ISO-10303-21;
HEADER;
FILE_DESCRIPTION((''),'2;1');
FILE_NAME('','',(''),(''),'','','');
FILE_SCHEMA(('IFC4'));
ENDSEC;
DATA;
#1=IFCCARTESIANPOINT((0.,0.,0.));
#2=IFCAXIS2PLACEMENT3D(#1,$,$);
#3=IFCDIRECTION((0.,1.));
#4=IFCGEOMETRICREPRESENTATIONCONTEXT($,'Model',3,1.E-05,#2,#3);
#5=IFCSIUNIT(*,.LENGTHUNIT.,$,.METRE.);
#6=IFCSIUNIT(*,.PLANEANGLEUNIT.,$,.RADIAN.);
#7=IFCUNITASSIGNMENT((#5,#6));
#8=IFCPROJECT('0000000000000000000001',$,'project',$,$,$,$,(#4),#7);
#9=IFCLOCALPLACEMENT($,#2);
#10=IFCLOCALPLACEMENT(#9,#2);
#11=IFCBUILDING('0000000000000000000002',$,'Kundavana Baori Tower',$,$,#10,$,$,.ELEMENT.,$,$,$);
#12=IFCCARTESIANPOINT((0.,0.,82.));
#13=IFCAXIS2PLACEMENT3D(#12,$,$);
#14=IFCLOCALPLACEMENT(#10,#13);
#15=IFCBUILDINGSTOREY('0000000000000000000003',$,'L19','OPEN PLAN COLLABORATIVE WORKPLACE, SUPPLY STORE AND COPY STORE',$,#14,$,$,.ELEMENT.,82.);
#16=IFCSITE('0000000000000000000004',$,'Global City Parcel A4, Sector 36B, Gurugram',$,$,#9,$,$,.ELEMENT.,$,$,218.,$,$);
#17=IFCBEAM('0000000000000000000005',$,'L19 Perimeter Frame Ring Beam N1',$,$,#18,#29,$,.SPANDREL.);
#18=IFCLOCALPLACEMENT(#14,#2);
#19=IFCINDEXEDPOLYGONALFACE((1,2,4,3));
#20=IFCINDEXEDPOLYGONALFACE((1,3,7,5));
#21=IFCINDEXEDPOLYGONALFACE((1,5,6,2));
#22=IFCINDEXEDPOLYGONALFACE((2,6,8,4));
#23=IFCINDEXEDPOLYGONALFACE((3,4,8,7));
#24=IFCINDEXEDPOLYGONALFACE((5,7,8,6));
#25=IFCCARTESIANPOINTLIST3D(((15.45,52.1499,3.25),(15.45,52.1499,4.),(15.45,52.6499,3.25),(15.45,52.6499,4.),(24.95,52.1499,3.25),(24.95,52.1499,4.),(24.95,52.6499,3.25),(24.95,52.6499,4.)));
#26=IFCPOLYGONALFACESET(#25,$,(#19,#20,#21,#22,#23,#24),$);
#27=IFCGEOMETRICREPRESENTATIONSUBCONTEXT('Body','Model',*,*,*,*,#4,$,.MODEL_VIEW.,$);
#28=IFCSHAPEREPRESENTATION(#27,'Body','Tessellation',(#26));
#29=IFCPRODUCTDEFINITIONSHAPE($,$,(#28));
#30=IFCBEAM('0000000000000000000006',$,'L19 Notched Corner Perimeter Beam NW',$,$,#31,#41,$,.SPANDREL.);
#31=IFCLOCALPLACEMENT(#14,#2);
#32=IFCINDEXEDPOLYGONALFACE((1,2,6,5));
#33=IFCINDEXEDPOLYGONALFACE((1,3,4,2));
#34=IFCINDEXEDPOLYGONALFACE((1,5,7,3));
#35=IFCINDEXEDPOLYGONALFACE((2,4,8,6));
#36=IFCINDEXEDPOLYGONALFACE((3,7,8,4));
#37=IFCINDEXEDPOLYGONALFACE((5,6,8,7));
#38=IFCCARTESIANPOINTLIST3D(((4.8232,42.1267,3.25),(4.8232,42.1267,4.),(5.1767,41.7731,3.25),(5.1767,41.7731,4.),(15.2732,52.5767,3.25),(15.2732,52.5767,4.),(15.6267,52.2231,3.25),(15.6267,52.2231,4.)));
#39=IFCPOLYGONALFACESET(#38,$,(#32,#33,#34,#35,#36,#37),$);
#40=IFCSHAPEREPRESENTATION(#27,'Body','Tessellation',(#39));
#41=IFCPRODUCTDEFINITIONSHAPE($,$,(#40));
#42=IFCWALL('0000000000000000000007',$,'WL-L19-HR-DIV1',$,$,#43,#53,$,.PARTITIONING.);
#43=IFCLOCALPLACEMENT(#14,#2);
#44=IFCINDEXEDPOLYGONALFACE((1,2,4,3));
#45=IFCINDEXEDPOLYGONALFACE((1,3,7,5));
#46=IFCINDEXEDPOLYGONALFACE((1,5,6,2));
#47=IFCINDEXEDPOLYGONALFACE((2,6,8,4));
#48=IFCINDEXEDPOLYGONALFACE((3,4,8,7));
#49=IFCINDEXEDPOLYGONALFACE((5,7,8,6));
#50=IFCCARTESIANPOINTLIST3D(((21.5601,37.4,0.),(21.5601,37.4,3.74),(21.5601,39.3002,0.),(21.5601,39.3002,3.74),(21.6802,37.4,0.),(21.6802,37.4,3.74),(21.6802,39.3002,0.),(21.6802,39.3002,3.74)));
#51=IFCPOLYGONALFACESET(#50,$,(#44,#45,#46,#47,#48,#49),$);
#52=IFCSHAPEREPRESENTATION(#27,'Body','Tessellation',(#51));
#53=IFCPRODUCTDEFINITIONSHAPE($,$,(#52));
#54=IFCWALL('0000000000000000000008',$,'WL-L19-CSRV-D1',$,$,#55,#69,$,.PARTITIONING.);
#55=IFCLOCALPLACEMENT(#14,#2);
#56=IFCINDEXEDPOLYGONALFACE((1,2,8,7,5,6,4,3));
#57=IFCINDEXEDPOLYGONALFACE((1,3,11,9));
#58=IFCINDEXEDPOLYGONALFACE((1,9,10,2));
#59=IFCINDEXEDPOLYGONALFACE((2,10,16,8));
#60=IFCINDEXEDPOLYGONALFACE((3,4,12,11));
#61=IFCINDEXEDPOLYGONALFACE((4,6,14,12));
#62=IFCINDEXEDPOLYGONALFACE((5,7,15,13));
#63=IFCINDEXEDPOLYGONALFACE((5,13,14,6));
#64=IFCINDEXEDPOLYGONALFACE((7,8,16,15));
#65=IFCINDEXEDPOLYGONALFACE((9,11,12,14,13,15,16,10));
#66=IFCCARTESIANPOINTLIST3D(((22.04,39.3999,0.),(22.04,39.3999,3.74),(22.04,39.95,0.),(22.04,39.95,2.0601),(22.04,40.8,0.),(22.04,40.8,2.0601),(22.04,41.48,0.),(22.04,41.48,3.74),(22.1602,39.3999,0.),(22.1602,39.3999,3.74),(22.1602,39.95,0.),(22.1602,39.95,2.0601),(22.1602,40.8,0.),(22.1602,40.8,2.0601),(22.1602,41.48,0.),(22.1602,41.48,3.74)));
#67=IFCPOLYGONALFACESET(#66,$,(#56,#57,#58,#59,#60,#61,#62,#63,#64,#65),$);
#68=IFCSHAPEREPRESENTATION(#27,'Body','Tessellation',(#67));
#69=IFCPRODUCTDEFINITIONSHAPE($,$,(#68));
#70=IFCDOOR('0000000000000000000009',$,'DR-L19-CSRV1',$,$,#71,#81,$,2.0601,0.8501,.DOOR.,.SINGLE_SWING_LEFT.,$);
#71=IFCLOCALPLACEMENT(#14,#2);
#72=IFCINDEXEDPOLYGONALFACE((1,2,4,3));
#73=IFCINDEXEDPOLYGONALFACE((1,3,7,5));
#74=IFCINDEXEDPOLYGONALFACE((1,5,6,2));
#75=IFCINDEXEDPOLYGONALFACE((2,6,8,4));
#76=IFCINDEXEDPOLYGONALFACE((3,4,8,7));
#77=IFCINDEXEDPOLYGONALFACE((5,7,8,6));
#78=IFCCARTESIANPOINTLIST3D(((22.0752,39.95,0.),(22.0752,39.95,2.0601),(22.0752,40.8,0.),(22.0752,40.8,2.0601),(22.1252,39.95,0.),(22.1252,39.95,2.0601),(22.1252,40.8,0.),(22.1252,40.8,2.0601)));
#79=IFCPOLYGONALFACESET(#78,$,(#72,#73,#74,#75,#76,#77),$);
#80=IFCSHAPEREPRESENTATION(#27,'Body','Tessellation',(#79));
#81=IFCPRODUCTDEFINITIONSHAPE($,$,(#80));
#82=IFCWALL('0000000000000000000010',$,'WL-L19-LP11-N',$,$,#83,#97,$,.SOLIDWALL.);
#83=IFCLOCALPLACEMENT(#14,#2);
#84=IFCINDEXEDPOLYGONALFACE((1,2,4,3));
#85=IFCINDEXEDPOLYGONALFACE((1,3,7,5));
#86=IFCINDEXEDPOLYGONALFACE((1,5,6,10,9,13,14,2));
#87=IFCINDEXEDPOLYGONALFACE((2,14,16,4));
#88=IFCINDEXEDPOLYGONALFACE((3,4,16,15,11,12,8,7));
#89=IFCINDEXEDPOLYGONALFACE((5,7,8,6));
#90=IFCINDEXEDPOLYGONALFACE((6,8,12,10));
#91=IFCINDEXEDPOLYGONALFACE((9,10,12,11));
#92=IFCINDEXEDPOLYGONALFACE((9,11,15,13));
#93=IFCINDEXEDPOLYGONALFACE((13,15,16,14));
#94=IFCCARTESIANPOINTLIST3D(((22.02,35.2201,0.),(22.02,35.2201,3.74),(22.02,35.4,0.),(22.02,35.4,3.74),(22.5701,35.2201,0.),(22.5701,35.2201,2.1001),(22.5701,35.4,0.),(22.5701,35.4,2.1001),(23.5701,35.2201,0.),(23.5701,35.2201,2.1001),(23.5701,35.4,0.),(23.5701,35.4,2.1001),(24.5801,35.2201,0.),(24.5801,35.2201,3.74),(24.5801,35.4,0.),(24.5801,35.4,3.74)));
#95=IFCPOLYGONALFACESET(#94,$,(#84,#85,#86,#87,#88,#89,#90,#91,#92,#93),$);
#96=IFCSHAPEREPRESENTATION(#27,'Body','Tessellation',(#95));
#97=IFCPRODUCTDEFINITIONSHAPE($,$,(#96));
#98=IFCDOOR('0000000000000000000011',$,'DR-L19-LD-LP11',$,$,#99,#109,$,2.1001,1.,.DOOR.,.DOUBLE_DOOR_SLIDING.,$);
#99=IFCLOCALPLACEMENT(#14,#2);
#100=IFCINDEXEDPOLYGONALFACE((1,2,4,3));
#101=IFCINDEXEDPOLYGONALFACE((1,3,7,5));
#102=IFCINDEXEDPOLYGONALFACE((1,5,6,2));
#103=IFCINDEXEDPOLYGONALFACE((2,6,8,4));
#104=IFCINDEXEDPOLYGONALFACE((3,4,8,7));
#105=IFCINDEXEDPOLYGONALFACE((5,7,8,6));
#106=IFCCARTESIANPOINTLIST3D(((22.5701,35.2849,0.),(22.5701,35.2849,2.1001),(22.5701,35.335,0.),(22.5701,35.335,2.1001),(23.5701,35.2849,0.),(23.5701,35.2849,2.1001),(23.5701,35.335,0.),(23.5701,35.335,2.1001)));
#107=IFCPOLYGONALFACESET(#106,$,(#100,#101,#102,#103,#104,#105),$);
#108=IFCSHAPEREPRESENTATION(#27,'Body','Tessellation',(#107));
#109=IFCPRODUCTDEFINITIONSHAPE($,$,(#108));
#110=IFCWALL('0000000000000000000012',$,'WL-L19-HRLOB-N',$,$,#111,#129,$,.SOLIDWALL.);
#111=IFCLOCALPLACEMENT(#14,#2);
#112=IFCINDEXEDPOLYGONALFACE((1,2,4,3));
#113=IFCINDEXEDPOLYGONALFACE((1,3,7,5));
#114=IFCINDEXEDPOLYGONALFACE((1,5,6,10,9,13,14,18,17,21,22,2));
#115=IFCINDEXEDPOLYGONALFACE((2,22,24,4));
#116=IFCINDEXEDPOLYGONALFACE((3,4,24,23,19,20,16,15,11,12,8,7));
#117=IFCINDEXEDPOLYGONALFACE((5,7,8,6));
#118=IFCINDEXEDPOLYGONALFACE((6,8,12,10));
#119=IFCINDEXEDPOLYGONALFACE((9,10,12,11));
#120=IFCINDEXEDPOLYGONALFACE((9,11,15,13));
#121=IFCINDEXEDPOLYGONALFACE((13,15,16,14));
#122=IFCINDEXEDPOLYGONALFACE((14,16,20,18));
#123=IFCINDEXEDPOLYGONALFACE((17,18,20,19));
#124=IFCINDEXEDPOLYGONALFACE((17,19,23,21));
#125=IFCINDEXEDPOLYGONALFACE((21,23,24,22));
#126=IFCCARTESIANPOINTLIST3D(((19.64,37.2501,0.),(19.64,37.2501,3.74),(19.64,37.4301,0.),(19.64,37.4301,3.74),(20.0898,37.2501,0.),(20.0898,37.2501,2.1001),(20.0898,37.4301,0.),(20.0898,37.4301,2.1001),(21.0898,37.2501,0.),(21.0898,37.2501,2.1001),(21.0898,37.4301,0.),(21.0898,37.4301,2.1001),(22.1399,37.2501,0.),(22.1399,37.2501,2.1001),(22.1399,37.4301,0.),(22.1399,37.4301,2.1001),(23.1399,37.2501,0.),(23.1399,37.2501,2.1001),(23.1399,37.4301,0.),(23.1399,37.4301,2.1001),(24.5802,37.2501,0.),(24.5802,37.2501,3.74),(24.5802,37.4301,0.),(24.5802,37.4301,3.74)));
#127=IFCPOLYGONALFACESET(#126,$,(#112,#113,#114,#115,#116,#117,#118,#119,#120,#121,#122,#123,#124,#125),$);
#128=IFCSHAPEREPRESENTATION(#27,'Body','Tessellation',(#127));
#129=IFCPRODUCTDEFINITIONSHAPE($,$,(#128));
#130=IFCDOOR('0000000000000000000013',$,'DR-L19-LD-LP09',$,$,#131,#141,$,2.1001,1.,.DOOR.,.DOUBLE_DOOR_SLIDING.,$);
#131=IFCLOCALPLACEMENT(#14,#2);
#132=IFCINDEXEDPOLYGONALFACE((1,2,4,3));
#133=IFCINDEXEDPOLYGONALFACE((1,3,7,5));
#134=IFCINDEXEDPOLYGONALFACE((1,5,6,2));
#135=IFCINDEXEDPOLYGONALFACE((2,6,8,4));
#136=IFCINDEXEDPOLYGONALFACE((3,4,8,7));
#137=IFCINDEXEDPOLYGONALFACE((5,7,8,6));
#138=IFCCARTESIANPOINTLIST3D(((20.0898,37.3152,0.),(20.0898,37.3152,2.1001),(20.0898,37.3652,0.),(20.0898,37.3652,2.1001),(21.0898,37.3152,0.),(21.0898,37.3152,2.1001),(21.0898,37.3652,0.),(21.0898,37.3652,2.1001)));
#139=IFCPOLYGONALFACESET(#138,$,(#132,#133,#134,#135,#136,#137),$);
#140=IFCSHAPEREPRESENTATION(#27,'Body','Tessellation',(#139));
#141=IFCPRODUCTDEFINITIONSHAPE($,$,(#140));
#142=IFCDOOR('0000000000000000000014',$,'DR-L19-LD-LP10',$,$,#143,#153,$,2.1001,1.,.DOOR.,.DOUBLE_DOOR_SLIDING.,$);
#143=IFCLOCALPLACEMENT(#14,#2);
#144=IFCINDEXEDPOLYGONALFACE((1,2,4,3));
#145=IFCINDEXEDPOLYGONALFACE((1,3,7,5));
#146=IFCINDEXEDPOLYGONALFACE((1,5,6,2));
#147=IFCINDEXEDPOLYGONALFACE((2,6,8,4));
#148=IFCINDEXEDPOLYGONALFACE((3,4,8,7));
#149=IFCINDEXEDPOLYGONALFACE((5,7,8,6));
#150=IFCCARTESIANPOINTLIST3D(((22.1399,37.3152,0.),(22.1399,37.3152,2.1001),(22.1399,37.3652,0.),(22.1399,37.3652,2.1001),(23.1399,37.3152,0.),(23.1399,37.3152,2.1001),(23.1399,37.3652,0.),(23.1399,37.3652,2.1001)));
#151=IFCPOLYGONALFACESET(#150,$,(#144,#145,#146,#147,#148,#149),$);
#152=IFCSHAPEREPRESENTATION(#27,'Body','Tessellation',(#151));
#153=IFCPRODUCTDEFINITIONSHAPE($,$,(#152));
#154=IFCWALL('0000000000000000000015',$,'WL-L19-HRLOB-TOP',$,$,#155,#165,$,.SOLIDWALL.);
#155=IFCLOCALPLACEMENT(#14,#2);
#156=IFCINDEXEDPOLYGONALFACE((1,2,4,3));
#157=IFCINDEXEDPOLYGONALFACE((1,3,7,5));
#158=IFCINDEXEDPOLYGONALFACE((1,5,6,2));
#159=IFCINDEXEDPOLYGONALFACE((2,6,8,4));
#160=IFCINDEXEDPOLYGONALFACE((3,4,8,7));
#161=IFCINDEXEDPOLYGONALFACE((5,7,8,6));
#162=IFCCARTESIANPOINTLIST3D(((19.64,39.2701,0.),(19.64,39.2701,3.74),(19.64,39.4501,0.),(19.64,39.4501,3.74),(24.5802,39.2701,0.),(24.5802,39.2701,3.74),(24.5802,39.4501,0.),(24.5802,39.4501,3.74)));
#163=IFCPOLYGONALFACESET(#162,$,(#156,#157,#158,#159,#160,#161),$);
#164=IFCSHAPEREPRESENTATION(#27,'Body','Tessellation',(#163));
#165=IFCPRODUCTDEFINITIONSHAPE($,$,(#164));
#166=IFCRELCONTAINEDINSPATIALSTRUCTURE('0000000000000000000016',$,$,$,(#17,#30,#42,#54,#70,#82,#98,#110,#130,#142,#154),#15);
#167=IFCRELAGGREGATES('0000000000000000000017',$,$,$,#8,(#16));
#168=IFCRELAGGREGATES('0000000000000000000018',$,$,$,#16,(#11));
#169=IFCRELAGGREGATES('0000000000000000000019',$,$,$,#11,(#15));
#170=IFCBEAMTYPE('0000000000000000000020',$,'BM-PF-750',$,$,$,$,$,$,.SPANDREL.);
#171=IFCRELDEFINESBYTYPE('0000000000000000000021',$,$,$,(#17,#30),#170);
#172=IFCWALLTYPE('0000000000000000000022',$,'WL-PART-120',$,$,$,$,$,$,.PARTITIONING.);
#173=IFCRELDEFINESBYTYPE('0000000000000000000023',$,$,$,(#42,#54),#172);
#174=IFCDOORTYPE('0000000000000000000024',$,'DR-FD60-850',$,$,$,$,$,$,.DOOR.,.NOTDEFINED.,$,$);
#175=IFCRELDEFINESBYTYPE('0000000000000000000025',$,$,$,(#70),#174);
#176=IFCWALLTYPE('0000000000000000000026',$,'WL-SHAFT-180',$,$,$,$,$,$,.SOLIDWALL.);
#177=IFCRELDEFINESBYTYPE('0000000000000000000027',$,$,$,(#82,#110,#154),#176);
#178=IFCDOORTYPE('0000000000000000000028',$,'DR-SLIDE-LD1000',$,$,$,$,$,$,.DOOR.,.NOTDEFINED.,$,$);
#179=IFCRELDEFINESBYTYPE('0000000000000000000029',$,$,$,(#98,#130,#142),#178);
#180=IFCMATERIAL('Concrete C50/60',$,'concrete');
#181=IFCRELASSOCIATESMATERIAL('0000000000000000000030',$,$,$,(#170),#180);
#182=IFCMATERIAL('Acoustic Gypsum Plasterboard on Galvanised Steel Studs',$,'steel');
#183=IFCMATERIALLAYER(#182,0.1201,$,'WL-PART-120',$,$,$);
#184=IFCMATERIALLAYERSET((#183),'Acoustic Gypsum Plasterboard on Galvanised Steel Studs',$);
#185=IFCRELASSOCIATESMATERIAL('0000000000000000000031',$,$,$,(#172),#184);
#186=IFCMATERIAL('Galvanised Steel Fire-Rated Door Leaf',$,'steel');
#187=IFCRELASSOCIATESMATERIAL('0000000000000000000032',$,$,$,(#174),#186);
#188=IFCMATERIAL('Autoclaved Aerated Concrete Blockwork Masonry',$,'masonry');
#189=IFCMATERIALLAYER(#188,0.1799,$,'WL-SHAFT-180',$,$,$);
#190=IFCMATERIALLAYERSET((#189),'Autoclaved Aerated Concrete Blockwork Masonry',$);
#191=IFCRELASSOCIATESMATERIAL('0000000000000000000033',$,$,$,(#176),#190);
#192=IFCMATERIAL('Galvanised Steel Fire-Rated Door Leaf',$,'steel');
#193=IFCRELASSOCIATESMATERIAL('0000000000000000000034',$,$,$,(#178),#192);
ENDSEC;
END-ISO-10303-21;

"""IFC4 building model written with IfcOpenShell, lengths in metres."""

from ifc_helpers import new_model, si_unit, direction, frame, frame_2d, origin, origin_2d, place, context, subcontext, project, spatial, rectangle, extrude, material, layer, layer_set, material_profile, profile_set, type_object, element, fill, save


model = new_model("IFC4")

# Units and contexts
model_context = context("Model", 3, precision=1e-05, world=origin(), true_north=direction((0.0, 1.0)))
body_context = subcontext(model_context, "Body", "Model", "MODEL_VIEW")
ifc_project = project(units=[si_unit("LENGTHUNIT", "METRE"), si_unit("PLANEANGLEUNIT", "RADIAN")], contexts=[model_context])

# Site, building, storey
site_placement = place(None, origin())
site = spatial("IfcSite", under=ifc_project, at=site_placement, Name="Global City Parcel A4, Sector 36B, Gurugram", CompositionType="ELEMENT", RefElevation=218.0)
building_placement = place(site_placement, origin())
building = spatial("IfcBuilding", under=site, at=building_placement, Name="Kundavana Baori Tower", CompositionType="ELEMENT")
storey_placement = place(building_placement, frame((0.0, 0.0, 82.0)))
storey = spatial("IfcBuildingStorey", under=building, at=storey_placement, Name="L19", Description="OPEN PLAN COLLABORATIVE WORKPLACE, SUPPLY STORE AND COPY STORE", CompositionType="ELEMENT", Elevation=82.0)

# Beams
ifc_material_1 = material(Name="Concrete C50/60", Category="concrete")
ifc_material_profile = material_profile(ifc_material_1, rectangle(XDim=0.5, YDim=0.75, at=origin_2d()), Name="RC BM 500x750")
ifc_profile_set = profile_set([ifc_material_profile], Name="Concrete C50/60")
beam_type = type_object("IfcBeamType", Name="BM-PF-750", PredefinedType="SPANDREL", material=ifc_profile_set)
beam_1_placement = place(storey_placement, frame((15.45, 52.3999, 3.625), z_axis=(1.0, 0.0, 0.0), x_axis=(0.0, 1.0, 0.0)))
element("IfcBeam", 1, at=beam_1_placement, inside=storey, type_object=beam_type, Name="L19 Perimeter Frame Ring Beam N1", PredefinedType="SPANDREL", context=body_context, shape_type="SweptSolid", body=[
    extrude(rectangle(XDim=0.5, YDim=0.75, at=origin_2d()), origin(), (0.0, 0.0, 1.0), 9.5),
])
beam_2_placement = place(storey_placement, frame((15.45, 52.3999, 3.625), z_axis=(-0.707107, -0.707107, 0.0), x_axis=(0.707107, -0.707107, 0.0)))
element("IfcBeam", 2, at=beam_2_placement, inside=storey, type_object=beam_type, Name="L19 Notched Corner Perimeter Beam NW", PredefinedType="SPANDREL", context=body_context, shape_type="SweptSolid", body=[
    extrude(rectangle(XDim=0.5, YDim=0.75, at=origin_2d()), origin(), (0.0, 0.0, 1.0), 14.7786),
])

# Wall
ifc_material_2 = material(Name="Acoustic Gypsum Plasterboard on Galvanised Steel Studs", Category="steel")
ifc_layer_1 = layer(ifc_material_2, 0.1201, Name="WL-PART-120")
ifc_layer_set_1 = layer_set([ifc_layer_1], Name="Acoustic Gypsum Plasterboard on Galvanised Steel Studs")
wall_type_1 = type_object("IfcWallType", Name="WL-PART-120", PredefinedType="PARTITIONING", material=ifc_layer_set_1)
wall_1_placement = place(storey_placement, frame((21.6201, 37.3999, 0.0), z_axis=(0.0, 0.0, 1.0), x_axis=(0.0, 1.0, 0.0)))
element("IfcWall", 3, at=wall_1_placement, inside=storey, type_object=wall_type_1, Name="WL-L19-HR-DIV1", PredefinedType="PARTITIONING", context=body_context, shape_type="SweptSolid", body=[
    extrude(rectangle(XDim=1.9001, YDim=0.1201, at=frame_2d((0.9502, 0.0))), origin(), (0.0, 0.0, 1.0), 3.74),
])

# Walls, openings, doors
wall_2_placement = place(storey_placement, frame((22.1001, 39.3999, 0.0), z_axis=(0.0, 0.0, 1.0), x_axis=(0.0, 1.0, 0.0)))
wall_2 = element("IfcWall", 4, at=wall_2_placement, inside=storey, type_object=wall_type_1, Name="WL-L19-CSRV-D1", PredefinedType="PARTITIONING", context=body_context, shape_type="SweptSolid", body=[
    extrude(rectangle(XDim=2.0801, YDim=0.1201, at=frame_2d((1.04, 0.0))), origin(), (0.0, 0.0, 1.0), 3.74),
])
opening_1_placement = place(wall_2_placement, frame((0.55, 0.0, 0.0)))
opening_1 = element("IfcOpeningElement", 5, at=opening_1_placement, cuts=wall_2, PredefinedType="OPENING", context=body_context, shape_type="SweptSolid", body=[
    extrude(rectangle(XDim=0.8501, YDim=2.0601, at=frame_2d((0.425, 1.03))), frame((0.0, 0.0701, 0.0), z_axis=(0.0, -1.0, 0.0), x_axis=(1.0, 0.0, 0.0)), (0.0, 0.0, 1.0), 0.1401),
])
ifc_material_3 = material(Name="Galvanised Steel Fire-Rated Door Leaf", Category="steel")
door_type_1 = type_object("IfcDoorType", Name="DR-FD60-850", OperationType="NOTDEFINED", PredefinedType="DOOR", material=ifc_material_3)
door_1_placement = place(opening_1_placement, origin())
door_1 = element("IfcDoor", 6, at=door_1_placement, inside=storey, type_object=door_type_1, Name="DR-L19-CSRV1", OperationType="SINGLE_SWING_LEFT", OverallHeight=2.0601, OverallWidth=0.8501, PredefinedType="DOOR", context=body_context, shape_type="SweptSolid", body=[
    extrude(rectangle(XDim=0.8501, YDim=2.0601, at=frame_2d((0.425, 1.03))), frame((0.0, 0.0249, 0.0), z_axis=(0.0, -1.0, 0.0), x_axis=(1.0, 0.0, 0.0)), (0.0, 0.0, 1.0), 0.05),
])
fill(opening_1, door_1)
ifc_material_4 = material(Name="Autoclaved Aerated Concrete Blockwork Masonry", Category="masonry")
ifc_layer_2 = layer(ifc_material_4, 0.1799, Name="WL-SHAFT-180")
ifc_layer_set_2 = layer_set([ifc_layer_2], Name="Autoclaved Aerated Concrete Blockwork Masonry")
wall_type_2 = type_object("IfcWallType", Name="WL-SHAFT-180", PredefinedType="SOLIDWALL", material=ifc_layer_set_2)
wall_3_placement = place(storey_placement, frame((22.02, 35.3101, 0.0), z_axis=(0.0, 0.0, 1.0), x_axis=(1.0, 0.0, 0.0)))
wall_3 = element("IfcWall", 7, at=wall_3_placement, inside=storey, type_object=wall_type_2, Name="WL-L19-LP11-N", PredefinedType="SOLIDWALL", context=body_context, shape_type="SweptSolid", body=[
    extrude(rectangle(XDim=2.5601, YDim=0.1799, at=frame_2d((1.28, 0.0))), origin(), (0.0, 0.0, 1.0), 3.74),
])
opening_2_placement = place(wall_3_placement, frame((0.55, 0.0, 0.0)))
opening_2 = element("IfcOpeningElement", 8, at=opening_2_placement, cuts=wall_3, PredefinedType="OPENING", context=body_context, shape_type="SweptSolid", body=[
    extrude(rectangle(XDim=1.0, YDim=2.1001, at=frame_2d((0.5, 1.05))), frame((0.0, 0.1001, 0.0), z_axis=(0.0, -1.0, 0.0), x_axis=(1.0, 0.0, 0.0)), (0.0, 0.0, 1.0), 0.2),
])
ifc_material_5 = material(Name="Galvanised Steel Fire-Rated Door Leaf", Category="steel")
door_type_2 = type_object("IfcDoorType", Name="DR-SLIDE-LD1000", OperationType="NOTDEFINED", PredefinedType="DOOR", material=ifc_material_5)
door_2_placement = place(opening_2_placement, origin())
door_2 = element("IfcDoor", 9, at=door_2_placement, inside=storey, type_object=door_type_2, Name="DR-L19-LD-LP11", OperationType="DOUBLE_DOOR_SLIDING", OverallHeight=2.1001, OverallWidth=1.0, PredefinedType="DOOR", context=body_context, shape_type="SweptSolid", body=[
    extrude(rectangle(XDim=1.0, YDim=2.1001, at=frame_2d((0.5, 1.05))), frame((0.0, 0.0249, 0.0), z_axis=(0.0, -1.0, 0.0), x_axis=(1.0, 0.0, 0.0)), (0.0, 0.0, 1.0), 0.05),
])
fill(opening_2, door_2)

# Wall, openings, doors
wall_4_placement = place(storey_placement, frame((19.6399, 37.3401, 0.0), z_axis=(0.0, 0.0, 1.0), x_axis=(1.0, 0.0, 0.0)))
wall_4 = element("IfcWall", 10, at=wall_4_placement, inside=storey, type_object=wall_type_2, Name="WL-L19-HRLOB-N", PredefinedType="SOLIDWALL", context=body_context, shape_type="SweptSolid", body=[
    extrude(rectangle(XDim=4.9402, YDim=0.1799, at=frame_2d((2.4702, 0.0))), origin(), (0.0, 0.0, 1.0), 3.74),
])
opening_3_placement = place(wall_4_placement, frame((0.45, 0.0, 0.0)))
opening_3 = element("IfcOpeningElement", 11, at=opening_3_placement, cuts=wall_4, PredefinedType="OPENING", context=body_context, shape_type="SweptSolid", body=[
    extrude(rectangle(XDim=1.0, YDim=2.1001, at=frame_2d((0.5, 1.05))), frame((0.0, 0.1001, 0.0), z_axis=(0.0, -1.0, 0.0), x_axis=(1.0, 0.0, 0.0)), (0.0, 0.0, 1.0), 0.2),
])
opening_4_placement = place(wall_4_placement, frame((2.5, 0.0, 0.0)))
opening_4 = element("IfcOpeningElement", 12, at=opening_4_placement, cuts=wall_4, PredefinedType="OPENING", context=body_context, shape_type="SweptSolid", body=[
    extrude(rectangle(XDim=1.0, YDim=2.1001, at=frame_2d((0.5, 1.05))), frame((0.0, 0.1001, 0.0), z_axis=(0.0, -1.0, 0.0), x_axis=(1.0, 0.0, 0.0)), (0.0, 0.0, 1.0), 0.2),
])
door_3_placement = place(opening_3_placement, frame((1.0, 0.0, 0.0), z_axis=(0.0, 0.0, 1.0), x_axis=(-1.0, 0.0, 0.0)))
door_3 = element("IfcDoor", 13, at=door_3_placement, inside=storey, type_object=door_type_2, Name="DR-L19-LD-LP09", OperationType="DOUBLE_DOOR_SLIDING", OverallHeight=2.1001, OverallWidth=1.0, PredefinedType="DOOR", context=body_context, shape_type="SweptSolid", body=[
    extrude(rectangle(XDim=1.0, YDim=2.1001, at=frame_2d((0.5, 1.05))), frame((0.0, 0.0249, 0.0), z_axis=(0.0, -1.0, 0.0), x_axis=(1.0, 0.0, 0.0)), (0.0, 0.0, 1.0), 0.05),
])
fill(opening_3, door_3)
door_4_placement = place(opening_4_placement, frame((1.0, 0.0, 0.0), z_axis=(0.0, 0.0, 1.0), x_axis=(-1.0, 0.0, 0.0)))
door_4 = element("IfcDoor", 14, at=door_4_placement, inside=storey, type_object=door_type_2, Name="DR-L19-LD-LP10", OperationType="DOUBLE_DOOR_SLIDING", OverallHeight=2.1001, OverallWidth=1.0, PredefinedType="DOOR", context=body_context, shape_type="SweptSolid", body=[
    extrude(rectangle(XDim=1.0, YDim=2.1001, at=frame_2d((0.5, 1.05))), frame((0.0, 0.0249, 0.0), z_axis=(0.0, -1.0, 0.0), x_axis=(1.0, 0.0, 0.0)), (0.0, 0.0, 1.0), 0.05),
])
fill(opening_4, door_4)

# Wall
wall_5_placement = place(storey_placement, frame((19.6399, 39.3601, 0.0), z_axis=(0.0, 0.0, 1.0), x_axis=(1.0, 0.0, 0.0)))
element("IfcWall", 15, at=wall_5_placement, inside=storey, type_object=wall_type_2, Name="WL-L19-HRLOB-TOP", PredefinedType="SOLIDWALL", context=body_context, shape_type="SweptSolid", body=[
    extrude(rectangle(XDim=4.9402, YDim=0.1799, at=frame_2d((2.4702, 0.0))), origin(), (0.0, 0.0, 1.0), 3.74),
])

save(model, "model.ifc")
